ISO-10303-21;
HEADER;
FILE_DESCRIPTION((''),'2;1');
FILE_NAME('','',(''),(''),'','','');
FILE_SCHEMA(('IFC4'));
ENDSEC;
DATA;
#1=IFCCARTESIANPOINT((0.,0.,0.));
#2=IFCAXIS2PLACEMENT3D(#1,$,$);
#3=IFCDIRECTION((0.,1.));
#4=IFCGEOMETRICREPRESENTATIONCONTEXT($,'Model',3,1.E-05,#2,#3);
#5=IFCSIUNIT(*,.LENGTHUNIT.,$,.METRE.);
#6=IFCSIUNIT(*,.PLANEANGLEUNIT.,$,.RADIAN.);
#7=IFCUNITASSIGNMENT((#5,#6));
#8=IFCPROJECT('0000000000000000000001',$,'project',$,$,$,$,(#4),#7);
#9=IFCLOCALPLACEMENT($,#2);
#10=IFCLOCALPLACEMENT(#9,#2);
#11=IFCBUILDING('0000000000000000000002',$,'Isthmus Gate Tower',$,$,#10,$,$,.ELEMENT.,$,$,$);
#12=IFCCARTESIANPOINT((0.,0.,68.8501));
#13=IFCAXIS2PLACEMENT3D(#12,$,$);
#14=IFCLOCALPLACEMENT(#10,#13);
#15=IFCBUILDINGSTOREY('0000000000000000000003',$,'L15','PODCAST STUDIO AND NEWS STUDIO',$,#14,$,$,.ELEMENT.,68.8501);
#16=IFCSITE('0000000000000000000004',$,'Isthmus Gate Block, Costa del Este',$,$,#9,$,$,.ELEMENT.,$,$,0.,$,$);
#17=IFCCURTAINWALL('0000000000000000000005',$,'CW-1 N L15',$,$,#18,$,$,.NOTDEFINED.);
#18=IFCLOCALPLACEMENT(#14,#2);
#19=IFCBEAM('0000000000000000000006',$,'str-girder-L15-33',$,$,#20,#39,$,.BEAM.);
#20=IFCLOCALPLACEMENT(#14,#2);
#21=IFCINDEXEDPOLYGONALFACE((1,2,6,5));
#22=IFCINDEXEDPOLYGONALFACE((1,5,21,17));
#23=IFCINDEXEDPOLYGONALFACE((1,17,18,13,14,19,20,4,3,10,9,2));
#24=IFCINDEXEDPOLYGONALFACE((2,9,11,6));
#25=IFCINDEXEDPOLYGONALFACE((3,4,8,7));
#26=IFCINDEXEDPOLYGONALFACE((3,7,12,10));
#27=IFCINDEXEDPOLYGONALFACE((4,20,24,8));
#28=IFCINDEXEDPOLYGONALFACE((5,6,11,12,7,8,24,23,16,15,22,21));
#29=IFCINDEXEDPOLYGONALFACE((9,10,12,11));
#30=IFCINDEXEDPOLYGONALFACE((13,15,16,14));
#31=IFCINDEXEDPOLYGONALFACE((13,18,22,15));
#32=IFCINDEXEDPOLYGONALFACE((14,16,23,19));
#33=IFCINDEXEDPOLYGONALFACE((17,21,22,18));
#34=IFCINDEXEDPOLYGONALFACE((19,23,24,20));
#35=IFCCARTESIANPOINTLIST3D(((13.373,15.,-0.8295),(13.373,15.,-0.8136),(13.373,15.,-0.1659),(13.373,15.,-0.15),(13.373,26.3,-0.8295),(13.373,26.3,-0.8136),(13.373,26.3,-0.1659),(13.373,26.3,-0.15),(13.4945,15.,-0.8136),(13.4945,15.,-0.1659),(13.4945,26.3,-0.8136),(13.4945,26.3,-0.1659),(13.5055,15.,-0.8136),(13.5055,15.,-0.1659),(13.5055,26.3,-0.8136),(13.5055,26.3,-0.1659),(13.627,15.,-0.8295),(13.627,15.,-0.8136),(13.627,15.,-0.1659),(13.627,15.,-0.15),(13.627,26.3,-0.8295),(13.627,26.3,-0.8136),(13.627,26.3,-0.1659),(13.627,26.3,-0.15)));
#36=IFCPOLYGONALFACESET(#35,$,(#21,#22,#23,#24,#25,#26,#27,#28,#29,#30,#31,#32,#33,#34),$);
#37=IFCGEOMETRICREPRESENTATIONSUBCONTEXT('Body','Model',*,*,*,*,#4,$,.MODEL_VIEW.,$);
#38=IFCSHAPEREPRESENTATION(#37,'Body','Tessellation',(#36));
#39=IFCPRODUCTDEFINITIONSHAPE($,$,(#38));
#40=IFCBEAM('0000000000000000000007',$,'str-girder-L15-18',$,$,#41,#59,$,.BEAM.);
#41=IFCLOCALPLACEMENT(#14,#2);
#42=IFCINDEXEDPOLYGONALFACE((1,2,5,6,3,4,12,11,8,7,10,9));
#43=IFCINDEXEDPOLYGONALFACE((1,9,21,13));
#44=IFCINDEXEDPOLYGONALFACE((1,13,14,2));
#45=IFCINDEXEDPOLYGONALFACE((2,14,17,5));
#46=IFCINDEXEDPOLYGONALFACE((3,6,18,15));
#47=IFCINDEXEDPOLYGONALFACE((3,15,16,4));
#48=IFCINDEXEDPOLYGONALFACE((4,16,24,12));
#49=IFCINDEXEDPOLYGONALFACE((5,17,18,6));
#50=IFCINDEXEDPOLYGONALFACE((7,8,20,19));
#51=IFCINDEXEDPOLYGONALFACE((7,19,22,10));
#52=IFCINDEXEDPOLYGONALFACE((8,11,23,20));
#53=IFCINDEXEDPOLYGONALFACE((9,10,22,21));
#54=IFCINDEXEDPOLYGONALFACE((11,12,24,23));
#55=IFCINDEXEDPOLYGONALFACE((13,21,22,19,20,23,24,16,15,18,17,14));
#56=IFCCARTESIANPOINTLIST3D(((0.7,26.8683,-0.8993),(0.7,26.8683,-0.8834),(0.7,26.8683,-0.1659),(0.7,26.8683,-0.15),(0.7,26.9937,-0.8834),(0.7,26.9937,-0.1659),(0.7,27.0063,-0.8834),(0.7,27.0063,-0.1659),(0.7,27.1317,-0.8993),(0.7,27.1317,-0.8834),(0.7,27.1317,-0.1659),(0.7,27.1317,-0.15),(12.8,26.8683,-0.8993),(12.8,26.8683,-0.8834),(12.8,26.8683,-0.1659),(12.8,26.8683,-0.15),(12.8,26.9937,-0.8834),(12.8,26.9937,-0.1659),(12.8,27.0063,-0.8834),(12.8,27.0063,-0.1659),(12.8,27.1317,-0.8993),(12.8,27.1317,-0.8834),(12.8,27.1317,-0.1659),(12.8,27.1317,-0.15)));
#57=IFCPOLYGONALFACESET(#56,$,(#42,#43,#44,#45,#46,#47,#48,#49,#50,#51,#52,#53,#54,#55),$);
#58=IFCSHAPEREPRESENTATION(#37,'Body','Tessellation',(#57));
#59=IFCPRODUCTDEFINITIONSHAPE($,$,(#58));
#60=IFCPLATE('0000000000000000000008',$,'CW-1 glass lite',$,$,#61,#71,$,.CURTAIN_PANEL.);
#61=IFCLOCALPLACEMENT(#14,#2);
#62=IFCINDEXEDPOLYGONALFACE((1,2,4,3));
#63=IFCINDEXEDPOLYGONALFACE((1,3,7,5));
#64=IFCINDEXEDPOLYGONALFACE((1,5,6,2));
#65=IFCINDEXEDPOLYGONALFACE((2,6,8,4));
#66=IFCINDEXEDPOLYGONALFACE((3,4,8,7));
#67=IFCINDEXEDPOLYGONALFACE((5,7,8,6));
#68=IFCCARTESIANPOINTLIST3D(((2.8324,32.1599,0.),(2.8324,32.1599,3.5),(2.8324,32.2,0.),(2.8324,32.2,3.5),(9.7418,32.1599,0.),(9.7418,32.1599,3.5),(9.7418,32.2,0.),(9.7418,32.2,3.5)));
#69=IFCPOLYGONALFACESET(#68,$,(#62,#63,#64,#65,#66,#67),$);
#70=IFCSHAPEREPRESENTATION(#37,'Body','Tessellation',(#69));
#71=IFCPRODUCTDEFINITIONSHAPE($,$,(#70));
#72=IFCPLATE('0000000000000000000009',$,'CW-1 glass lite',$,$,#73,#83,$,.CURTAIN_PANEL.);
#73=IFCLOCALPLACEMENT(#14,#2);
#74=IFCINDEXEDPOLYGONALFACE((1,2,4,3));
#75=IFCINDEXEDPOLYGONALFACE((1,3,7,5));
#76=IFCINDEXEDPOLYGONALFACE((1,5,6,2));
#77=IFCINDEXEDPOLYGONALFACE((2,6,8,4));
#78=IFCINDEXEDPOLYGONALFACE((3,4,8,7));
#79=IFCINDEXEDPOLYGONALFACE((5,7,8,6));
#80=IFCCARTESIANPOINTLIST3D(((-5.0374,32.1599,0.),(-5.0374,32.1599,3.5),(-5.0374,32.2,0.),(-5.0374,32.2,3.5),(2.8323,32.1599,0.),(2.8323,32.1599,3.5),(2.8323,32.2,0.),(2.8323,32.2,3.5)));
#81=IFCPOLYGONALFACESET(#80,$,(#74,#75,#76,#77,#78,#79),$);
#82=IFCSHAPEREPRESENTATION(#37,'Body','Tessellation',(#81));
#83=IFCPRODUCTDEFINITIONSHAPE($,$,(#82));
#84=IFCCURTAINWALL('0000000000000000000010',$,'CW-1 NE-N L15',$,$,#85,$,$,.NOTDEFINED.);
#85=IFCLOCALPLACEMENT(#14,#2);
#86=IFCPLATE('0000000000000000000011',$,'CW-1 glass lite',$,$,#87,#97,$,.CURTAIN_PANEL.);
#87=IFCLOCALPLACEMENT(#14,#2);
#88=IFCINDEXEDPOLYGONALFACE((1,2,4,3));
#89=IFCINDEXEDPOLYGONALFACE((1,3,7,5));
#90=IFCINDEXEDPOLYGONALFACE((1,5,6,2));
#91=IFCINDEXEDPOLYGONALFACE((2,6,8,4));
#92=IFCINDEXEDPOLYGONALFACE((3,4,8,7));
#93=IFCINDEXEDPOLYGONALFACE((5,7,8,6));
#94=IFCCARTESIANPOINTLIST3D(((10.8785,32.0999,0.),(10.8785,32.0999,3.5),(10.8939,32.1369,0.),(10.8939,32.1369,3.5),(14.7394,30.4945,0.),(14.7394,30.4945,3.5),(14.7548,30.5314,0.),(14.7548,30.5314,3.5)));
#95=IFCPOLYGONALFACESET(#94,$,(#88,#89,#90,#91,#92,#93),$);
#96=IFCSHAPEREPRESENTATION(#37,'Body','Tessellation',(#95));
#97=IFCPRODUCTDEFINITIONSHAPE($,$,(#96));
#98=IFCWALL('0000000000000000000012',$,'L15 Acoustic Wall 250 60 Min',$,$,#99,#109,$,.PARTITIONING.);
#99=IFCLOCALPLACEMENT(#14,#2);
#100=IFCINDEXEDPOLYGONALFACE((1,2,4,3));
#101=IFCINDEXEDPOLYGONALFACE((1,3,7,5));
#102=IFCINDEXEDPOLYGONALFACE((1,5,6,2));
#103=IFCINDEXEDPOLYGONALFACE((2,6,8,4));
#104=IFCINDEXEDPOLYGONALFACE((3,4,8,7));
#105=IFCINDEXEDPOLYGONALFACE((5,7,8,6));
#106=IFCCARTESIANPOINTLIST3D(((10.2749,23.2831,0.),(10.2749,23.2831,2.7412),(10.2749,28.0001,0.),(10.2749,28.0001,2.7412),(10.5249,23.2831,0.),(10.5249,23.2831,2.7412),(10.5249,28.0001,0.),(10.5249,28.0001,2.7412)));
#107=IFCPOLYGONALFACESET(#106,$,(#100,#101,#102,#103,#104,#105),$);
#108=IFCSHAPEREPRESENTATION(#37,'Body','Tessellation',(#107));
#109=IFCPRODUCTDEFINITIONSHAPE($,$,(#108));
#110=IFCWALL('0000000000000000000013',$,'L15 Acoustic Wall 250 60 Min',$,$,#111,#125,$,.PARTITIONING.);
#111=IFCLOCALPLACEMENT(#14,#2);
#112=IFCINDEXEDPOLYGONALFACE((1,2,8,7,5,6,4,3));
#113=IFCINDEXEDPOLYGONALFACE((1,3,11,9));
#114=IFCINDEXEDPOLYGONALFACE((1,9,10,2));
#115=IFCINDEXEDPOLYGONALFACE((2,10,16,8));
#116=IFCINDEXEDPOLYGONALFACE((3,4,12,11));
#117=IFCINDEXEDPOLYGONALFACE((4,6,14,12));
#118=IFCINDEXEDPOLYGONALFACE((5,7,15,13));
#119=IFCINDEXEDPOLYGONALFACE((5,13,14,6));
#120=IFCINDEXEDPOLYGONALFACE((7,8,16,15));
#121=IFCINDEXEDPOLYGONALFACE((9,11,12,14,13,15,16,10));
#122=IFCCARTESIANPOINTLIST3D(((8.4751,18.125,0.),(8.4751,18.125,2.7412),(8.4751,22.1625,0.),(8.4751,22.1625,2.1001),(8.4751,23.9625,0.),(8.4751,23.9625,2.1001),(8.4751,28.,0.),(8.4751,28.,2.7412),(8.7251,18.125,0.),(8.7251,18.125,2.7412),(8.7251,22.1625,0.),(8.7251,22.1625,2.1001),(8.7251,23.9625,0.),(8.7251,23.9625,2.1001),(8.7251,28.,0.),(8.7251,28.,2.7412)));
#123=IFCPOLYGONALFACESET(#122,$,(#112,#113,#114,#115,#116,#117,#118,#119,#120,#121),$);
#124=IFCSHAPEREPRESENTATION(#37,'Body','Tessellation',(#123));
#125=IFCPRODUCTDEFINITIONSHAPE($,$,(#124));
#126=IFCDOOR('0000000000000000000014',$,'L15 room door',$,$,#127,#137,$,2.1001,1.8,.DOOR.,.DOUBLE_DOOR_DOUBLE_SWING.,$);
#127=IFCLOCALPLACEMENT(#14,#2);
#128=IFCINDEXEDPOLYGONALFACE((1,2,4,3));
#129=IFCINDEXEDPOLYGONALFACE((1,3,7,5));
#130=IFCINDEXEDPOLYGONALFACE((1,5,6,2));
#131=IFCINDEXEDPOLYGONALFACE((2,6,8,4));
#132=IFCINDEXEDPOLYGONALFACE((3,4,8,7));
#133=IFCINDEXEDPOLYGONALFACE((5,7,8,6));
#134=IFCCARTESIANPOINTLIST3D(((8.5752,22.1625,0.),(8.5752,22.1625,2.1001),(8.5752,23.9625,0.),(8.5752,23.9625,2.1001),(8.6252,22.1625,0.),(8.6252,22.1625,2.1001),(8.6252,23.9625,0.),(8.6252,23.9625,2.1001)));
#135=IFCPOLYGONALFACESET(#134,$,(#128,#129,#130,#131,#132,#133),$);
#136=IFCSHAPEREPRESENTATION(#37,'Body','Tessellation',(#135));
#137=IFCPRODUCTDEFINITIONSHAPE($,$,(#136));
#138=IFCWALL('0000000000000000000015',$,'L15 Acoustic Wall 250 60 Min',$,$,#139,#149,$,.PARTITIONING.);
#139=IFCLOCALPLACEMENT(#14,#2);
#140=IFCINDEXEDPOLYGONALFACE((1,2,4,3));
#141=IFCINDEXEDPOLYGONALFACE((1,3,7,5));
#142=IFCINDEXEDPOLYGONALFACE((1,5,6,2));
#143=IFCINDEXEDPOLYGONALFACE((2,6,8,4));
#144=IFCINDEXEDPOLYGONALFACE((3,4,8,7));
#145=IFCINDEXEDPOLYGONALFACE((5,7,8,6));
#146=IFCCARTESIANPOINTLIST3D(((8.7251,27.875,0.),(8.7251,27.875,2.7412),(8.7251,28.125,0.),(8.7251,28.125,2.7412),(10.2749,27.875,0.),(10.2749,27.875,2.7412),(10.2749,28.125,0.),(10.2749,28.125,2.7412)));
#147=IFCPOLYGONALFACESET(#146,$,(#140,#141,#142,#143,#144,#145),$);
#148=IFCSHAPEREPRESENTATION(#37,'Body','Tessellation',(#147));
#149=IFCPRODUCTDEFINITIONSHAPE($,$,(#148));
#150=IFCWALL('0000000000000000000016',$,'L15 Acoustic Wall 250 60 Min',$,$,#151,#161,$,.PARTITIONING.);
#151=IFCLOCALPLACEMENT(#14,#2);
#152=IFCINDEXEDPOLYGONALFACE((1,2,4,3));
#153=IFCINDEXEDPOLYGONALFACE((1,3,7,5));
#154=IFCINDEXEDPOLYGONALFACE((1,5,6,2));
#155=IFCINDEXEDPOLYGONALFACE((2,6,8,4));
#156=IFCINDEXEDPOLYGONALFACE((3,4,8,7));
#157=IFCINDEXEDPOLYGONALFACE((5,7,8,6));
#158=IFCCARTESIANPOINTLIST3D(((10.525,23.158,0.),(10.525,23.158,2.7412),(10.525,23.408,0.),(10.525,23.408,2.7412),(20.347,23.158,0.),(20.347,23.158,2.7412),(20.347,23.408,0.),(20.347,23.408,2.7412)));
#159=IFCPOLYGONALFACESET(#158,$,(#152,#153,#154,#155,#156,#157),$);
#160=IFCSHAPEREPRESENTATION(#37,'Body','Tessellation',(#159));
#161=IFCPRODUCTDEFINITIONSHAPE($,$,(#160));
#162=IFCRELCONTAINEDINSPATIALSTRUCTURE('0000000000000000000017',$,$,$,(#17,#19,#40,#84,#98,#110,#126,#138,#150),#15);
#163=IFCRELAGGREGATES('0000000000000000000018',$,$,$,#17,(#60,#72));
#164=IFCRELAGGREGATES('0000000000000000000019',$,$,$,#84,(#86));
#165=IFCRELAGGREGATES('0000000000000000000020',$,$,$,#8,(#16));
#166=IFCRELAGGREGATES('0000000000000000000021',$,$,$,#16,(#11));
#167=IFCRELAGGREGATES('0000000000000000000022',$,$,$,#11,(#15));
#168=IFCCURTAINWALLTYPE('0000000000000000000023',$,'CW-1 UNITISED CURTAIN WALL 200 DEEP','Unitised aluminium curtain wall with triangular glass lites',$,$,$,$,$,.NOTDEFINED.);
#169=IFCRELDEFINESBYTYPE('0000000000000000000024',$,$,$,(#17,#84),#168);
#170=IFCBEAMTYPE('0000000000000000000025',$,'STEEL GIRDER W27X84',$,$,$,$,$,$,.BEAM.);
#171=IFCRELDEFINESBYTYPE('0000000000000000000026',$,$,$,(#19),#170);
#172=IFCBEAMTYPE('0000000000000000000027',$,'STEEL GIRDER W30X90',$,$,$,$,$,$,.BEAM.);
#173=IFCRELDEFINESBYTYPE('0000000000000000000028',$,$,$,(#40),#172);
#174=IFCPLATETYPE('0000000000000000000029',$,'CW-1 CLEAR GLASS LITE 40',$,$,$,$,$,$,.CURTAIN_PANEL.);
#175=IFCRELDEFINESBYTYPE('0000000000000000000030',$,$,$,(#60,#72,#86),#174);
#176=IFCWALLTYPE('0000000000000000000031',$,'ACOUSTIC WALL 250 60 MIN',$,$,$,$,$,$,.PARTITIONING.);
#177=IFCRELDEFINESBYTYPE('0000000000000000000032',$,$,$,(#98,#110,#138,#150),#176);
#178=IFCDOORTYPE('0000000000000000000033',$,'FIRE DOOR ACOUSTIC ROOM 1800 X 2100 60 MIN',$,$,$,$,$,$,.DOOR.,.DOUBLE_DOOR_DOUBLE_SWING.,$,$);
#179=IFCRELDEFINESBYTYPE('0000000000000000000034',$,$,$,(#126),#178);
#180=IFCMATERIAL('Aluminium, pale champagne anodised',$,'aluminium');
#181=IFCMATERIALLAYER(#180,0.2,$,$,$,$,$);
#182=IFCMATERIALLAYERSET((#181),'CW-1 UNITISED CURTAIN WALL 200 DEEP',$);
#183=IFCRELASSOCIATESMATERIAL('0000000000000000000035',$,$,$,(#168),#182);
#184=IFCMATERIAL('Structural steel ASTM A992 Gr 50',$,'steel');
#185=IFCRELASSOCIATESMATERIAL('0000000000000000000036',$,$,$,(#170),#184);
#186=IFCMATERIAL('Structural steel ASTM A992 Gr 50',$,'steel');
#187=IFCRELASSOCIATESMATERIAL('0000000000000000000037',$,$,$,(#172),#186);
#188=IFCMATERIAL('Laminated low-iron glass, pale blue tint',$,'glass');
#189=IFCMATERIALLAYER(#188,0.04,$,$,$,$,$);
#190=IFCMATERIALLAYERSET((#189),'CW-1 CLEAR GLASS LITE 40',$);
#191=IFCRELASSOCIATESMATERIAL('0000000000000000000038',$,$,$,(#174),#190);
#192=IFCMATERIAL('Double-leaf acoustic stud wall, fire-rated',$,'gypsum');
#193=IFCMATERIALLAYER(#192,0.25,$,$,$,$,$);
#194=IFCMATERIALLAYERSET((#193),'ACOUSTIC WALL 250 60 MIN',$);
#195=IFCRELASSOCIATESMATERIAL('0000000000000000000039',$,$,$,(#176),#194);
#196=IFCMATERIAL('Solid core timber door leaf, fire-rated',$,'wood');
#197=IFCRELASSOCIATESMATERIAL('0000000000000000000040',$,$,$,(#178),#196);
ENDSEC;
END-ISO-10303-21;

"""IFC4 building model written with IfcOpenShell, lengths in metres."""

from ifc_helpers import new_model, si_unit, direction, frame, frame_2d, origin, origin_2d, place, context, subcontext, project, spatial, rectangle, i_section, extrude, material, layer, layer_set, material_profile, profile_set, type_object, element, fill, aggregate, save


model = new_model("IFC4")

# Units and contexts
model_context = context("Model", 3, precision=1e-05, world=origin(), true_north=direction((0.0, 1.0)))
body_context = subcontext(model_context, "Body", "Model", "MODEL_VIEW")
ifc_project = project(units=[si_unit("LENGTHUNIT", "METRE"), si_unit("PLANEANGLEUNIT", "RADIAN")], contexts=[model_context])

# Site, building, storey
site_placement = place(None, origin())
site = spatial("IfcSite", under=ifc_project, at=site_placement, Name="Isthmus Gate Block, Costa del Este", CompositionType="ELEMENT", RefElevation=0.0)
building_placement = place(site_placement, origin())
building = spatial("IfcBuilding", under=site, at=building_placement, Name="Isthmus Gate Tower", CompositionType="ELEMENT")
storey_placement = place(building_placement, frame((0.0, 0.0, 68.8501)))
storey = spatial("IfcBuildingStorey", under=building, at=storey_placement, Name="L15", Description="PODCAST STUDIO AND NEWS STUDIO", CompositionType="ELEMENT", Elevation=68.8501)

# Curtain wall
ifc_material_1 = material(Name="Aluminium, pale champagne anodised", Category="aluminium")
ifc_layer_1 = layer(ifc_material_1, 0.2)
ifc_layer_set_1 = layer_set([ifc_layer_1], Name="CW-1 UNITISED CURTAIN WALL 200 DEEP")
curtain_wall_type = type_object("IfcCurtainWallType", Name="CW-1 UNITISED CURTAIN WALL 200 DEEP", Description="Unitised aluminium curtain wall with triangular glass lites", PredefinedType="NOTDEFINED", material=ifc_layer_set_1)
curtain_wall_1_placement = place(storey_placement, origin())
curtain_wall_1 = element("IfcCurtainWall", 1, at=curtain_wall_1_placement, inside=storey, type_object=curtain_wall_type, Name="CW-1 N L15", PredefinedType="NOTDEFINED")

# Beams
ifc_material_2 = material(Name="Structural steel ASTM A992 Gr 50", Category="steel")
ifc_material_profile_1 = material_profile(ifc_material_2, i_section(OverallWidth=0.2539, OverallDepth=0.6794, WebThickness=0.011, FlangeThickness=0.0159, at=origin_2d()), Name="W27X84")
ifc_profile_set_1 = profile_set([ifc_material_profile_1], Name="Structural steel ASTM A992 Gr 50")
beam_type_1 = type_object("IfcBeamType", Name="STEEL GIRDER W27X84", PredefinedType="BEAM", material=ifc_profile_set_1)
beam_1_placement = place(storey_placement, frame((13.5, 15.0, -0.4897), z_axis=(0.0, 1.0, 0.0), x_axis=(-1.0, 0.0, 0.0)))
element("IfcBeam", 2, at=beam_1_placement, inside=storey, type_object=beam_type_1, Name="str-girder-L15-33", PredefinedType="BEAM", context=body_context, shape_type="SweptSolid", body=[
    extrude(i_section(OverallWidth=0.2539, OverallDepth=0.6794, WebThickness=0.011, FlangeThickness=0.0159, at=origin_2d()), origin(), (0.0, 0.0, 1.0), 11.3),
])
ifc_material_3 = material(Name="Structural steel ASTM A992 Gr 50", Category="steel")
ifc_material_profile_2 = material_profile(ifc_material_3, i_section(OverallWidth=0.2634, OverallDepth=0.7493, WebThickness=0.0127, FlangeThickness=0.0159, at=origin_2d()), Name="W30X90")
ifc_profile_set_2 = profile_set([ifc_material_profile_2], Name="Structural steel ASTM A992 Gr 50")
beam_type_2 = type_object("IfcBeamType", Name="STEEL GIRDER W30X90", PredefinedType="BEAM", material=ifc_profile_set_2)
beam_2_placement = place(storey_placement, frame((0.7, 27.0, -0.5247), z_axis=(1.0, 0.0, 0.0), x_axis=(0.0, 1.0, 0.0)))
element("IfcBeam", 3, at=beam_2_placement, inside=storey, type_object=beam_type_2, Name="str-girder-L15-18", PredefinedType="BEAM", context=body_context, shape_type="SweptSolid", body=[
    extrude(i_section(OverallWidth=0.2634, OverallDepth=0.7493, WebThickness=0.0127, FlangeThickness=0.0159, at=origin_2d()), origin(), (0.0, 0.0, 1.0), 12.1001),
])

# Plates
ifc_material_4 = material(Name="Laminated low-iron glass, pale blue tint", Category="glass")
ifc_layer_2 = layer(ifc_material_4, 0.04)
ifc_layer_set_2 = layer_set([ifc_layer_2], Name="CW-1 CLEAR GLASS LITE 40")
plate_type = type_object("IfcPlateType", Name="CW-1 CLEAR GLASS LITE 40", PredefinedType="CURTAIN_PANEL", material=ifc_layer_set_2)
plate_1_placement = place(storey_placement, frame((6.2871, 32.1799, 0.0), z_axis=(0.0, 0.0, 1.0), x_axis=(-1.0, 0.0, 0.0)))
plate_1 = element("IfcPlate", 4, at=plate_1_placement, type_object=plate_type, Name="CW-1 glass lite", PredefinedType="CURTAIN_PANEL", context=body_context, shape_type="SweptSolid", body=[
    extrude(rectangle(XDim=6.9094, YDim=0.04, at=origin_2d()), origin(), (0.0, 0.0, 1.0), 3.5),
])
plate_2_placement = place(storey_placement, frame((-1.1025, 32.1799, 0.0), z_axis=(0.0, 0.0, 1.0), x_axis=(-1.0, 0.0, 0.0)))
plate_2 = element("IfcPlate", 5, at=plate_2_placement, type_object=plate_type, Name="CW-1 glass lite", PredefinedType="CURTAIN_PANEL", context=body_context, shape_type="SweptSolid", body=[
    extrude(rectangle(XDim=7.8696, YDim=0.04, at=origin_2d()), origin(), (0.0, 0.0, 1.0), 3.5),
])
aggregate(curtain_wall_1, [plate_1, plate_2])

# Curtain wall, plate
curtain_wall_2_placement = place(storey_placement, origin())
curtain_wall_2 = element("IfcCurtainWall", 6, at=curtain_wall_2_placement, inside=storey, type_object=curtain_wall_type, Name="CW-1 NE-N L15", PredefinedType="NOTDEFINED")
plate_3_placement = place(storey_placement, frame((12.8167, 31.3157, 0.0), z_axis=(0.0, 0.0, 1.0), x_axis=(-0.923353, 0.383952, 0.0)))
plate_3 = element("IfcPlate", 7, at=plate_3_placement, type_object=plate_type, Name="CW-1 glass lite", PredefinedType="CURTAIN_PANEL", context=body_context, shape_type="SweptSolid", body=[
    extrude(rectangle(XDim=4.1814, YDim=0.04, at=origin_2d()), origin(), (0.0, 0.0, 1.0), 3.5),
])
aggregate(curtain_wall_2, [plate_3])

# Wall
ifc_material_5 = material(Name="Double-leaf acoustic stud wall, fire-rated", Category="gypsum")
ifc_layer_3 = layer(ifc_material_5, 0.25)
ifc_layer_set_3 = layer_set([ifc_layer_3], Name="ACOUSTIC WALL 250 60 MIN")
wall_type_1 = type_object("IfcWallType", Name="ACOUSTIC WALL 250 60 MIN", PredefinedType="PARTITIONING", material=ifc_layer_set_3)
wall_1_placement = place(storey_placement, frame((10.3999, 28.0, 0.0), z_axis=(0.0, 0.0, 1.0), x_axis=(0.0, -1.0, 0.0)))
element("IfcWall", 8, at=wall_1_placement, inside=storey, type_object=wall_type_1, Name="L15 Acoustic Wall 250 60 Min", PredefinedType="PARTITIONING", context=body_context, shape_type="SweptSolid", body=[
    extrude(rectangle(XDim=4.717, YDim=0.25, at=frame_2d((2.3584, 0.0))), origin(), (0.0, 0.0, 1.0), 2.7412),
])

# Wall, opening, door
wall_2_placement = place(storey_placement, frame((8.6001, 18.125, 0.0), z_axis=(0.0, 0.0, 1.0), x_axis=(0.0, 1.0, 0.0)))
wall_2 = element("IfcWall", 9, at=wall_2_placement, inside=storey, type_object=wall_type_1, Name="L15 Acoustic Wall 250 60 Min", PredefinedType="PARTITIONING", context=body_context, shape_type="SweptSolid", body=[
    extrude(rectangle(XDim=9.875, YDim=0.25, at=frame_2d((4.9375, 0.0))), origin(), (0.0, 0.0, 1.0), 2.7412),
])
opening_1_placement = place(wall_2_placement, frame((4.0376, 0.0, 0.0)))
opening_1 = element("IfcOpeningElement", 10, at=opening_1_placement, cuts=wall_2, PredefinedType="OPENING", context=body_context, shape_type="SweptSolid", body=[
    extrude(rectangle(XDim=1.8, YDim=2.1001, at=frame_2d((0.8999, 1.05))), frame((0.0, 0.135, 0.0), z_axis=(0.0, -1.0, 0.0), x_axis=(1.0, 0.0, 0.0)), (0.0, 0.0, 1.0), 0.27),
])
ifc_material_6 = material(Name="Solid core timber door leaf, fire-rated", Category="wood")
door_type_1 = type_object("IfcDoorType", Name="FIRE DOOR ACOUSTIC ROOM 1800 X 2100 60 MIN", OperationType="DOUBLE_DOOR_DOUBLE_SWING", PredefinedType="DOOR", material=ifc_material_6)
door_1_placement = place(opening_1_placement, origin())
door_1 = element("IfcDoor", 11, at=door_1_placement, inside=storey, type_object=door_type_1, Name="L15 room door", OperationType="DOUBLE_DOOR_DOUBLE_SWING", OverallHeight=2.1001, OverallWidth=1.8, PredefinedType="DOOR", context=body_context, shape_type="SweptSolid", body=[
    extrude(rectangle(XDim=1.8, YDim=2.1001, at=frame_2d((0.8999, 1.05))), frame((0.0, 0.0249, 0.0), z_axis=(0.0, -1.0, 0.0), x_axis=(1.0, 0.0, 0.0)), (0.0, 0.0, 1.0), 0.05),
])
fill(opening_1, door_1)

# Walls
wall_3_placement = place(storey_placement, frame((8.7251, 28.0, 0.0), z_axis=(0.0, 0.0, 1.0), x_axis=(1.0, 0.0, 0.0)))
element("IfcWall", 12, at=wall_3_placement, inside=storey, type_object=wall_type_1, Name="L15 Acoustic Wall 250 60 Min", PredefinedType="PARTITIONING", context=body_context, shape_type="SweptSolid", body=[
    extrude(rectangle(XDim=1.5498, YDim=0.25, at=frame_2d((0.7749, 0.0))), origin(), (0.0, 0.0, 1.0), 2.7412),
])
wall_4_placement = place(storey_placement, frame((10.5249, 23.283, 0.0), z_axis=(0.0, 0.0, 1.0), x_axis=(1.0, 0.0, 0.0)))
element("IfcWall", 13, at=wall_4_placement, inside=storey, type_object=wall_type_1, Name="L15 Acoustic Wall 250 60 Min", PredefinedType="PARTITIONING", context=body_context, shape_type="SweptSolid", body=[
    extrude(rectangle(XDim=9.822, YDim=0.25, at=frame_2d((4.9111, 0.0))), origin(), (0.0, 0.0, 1.0), 2.7412),
])

save(model, "model.ifc")
